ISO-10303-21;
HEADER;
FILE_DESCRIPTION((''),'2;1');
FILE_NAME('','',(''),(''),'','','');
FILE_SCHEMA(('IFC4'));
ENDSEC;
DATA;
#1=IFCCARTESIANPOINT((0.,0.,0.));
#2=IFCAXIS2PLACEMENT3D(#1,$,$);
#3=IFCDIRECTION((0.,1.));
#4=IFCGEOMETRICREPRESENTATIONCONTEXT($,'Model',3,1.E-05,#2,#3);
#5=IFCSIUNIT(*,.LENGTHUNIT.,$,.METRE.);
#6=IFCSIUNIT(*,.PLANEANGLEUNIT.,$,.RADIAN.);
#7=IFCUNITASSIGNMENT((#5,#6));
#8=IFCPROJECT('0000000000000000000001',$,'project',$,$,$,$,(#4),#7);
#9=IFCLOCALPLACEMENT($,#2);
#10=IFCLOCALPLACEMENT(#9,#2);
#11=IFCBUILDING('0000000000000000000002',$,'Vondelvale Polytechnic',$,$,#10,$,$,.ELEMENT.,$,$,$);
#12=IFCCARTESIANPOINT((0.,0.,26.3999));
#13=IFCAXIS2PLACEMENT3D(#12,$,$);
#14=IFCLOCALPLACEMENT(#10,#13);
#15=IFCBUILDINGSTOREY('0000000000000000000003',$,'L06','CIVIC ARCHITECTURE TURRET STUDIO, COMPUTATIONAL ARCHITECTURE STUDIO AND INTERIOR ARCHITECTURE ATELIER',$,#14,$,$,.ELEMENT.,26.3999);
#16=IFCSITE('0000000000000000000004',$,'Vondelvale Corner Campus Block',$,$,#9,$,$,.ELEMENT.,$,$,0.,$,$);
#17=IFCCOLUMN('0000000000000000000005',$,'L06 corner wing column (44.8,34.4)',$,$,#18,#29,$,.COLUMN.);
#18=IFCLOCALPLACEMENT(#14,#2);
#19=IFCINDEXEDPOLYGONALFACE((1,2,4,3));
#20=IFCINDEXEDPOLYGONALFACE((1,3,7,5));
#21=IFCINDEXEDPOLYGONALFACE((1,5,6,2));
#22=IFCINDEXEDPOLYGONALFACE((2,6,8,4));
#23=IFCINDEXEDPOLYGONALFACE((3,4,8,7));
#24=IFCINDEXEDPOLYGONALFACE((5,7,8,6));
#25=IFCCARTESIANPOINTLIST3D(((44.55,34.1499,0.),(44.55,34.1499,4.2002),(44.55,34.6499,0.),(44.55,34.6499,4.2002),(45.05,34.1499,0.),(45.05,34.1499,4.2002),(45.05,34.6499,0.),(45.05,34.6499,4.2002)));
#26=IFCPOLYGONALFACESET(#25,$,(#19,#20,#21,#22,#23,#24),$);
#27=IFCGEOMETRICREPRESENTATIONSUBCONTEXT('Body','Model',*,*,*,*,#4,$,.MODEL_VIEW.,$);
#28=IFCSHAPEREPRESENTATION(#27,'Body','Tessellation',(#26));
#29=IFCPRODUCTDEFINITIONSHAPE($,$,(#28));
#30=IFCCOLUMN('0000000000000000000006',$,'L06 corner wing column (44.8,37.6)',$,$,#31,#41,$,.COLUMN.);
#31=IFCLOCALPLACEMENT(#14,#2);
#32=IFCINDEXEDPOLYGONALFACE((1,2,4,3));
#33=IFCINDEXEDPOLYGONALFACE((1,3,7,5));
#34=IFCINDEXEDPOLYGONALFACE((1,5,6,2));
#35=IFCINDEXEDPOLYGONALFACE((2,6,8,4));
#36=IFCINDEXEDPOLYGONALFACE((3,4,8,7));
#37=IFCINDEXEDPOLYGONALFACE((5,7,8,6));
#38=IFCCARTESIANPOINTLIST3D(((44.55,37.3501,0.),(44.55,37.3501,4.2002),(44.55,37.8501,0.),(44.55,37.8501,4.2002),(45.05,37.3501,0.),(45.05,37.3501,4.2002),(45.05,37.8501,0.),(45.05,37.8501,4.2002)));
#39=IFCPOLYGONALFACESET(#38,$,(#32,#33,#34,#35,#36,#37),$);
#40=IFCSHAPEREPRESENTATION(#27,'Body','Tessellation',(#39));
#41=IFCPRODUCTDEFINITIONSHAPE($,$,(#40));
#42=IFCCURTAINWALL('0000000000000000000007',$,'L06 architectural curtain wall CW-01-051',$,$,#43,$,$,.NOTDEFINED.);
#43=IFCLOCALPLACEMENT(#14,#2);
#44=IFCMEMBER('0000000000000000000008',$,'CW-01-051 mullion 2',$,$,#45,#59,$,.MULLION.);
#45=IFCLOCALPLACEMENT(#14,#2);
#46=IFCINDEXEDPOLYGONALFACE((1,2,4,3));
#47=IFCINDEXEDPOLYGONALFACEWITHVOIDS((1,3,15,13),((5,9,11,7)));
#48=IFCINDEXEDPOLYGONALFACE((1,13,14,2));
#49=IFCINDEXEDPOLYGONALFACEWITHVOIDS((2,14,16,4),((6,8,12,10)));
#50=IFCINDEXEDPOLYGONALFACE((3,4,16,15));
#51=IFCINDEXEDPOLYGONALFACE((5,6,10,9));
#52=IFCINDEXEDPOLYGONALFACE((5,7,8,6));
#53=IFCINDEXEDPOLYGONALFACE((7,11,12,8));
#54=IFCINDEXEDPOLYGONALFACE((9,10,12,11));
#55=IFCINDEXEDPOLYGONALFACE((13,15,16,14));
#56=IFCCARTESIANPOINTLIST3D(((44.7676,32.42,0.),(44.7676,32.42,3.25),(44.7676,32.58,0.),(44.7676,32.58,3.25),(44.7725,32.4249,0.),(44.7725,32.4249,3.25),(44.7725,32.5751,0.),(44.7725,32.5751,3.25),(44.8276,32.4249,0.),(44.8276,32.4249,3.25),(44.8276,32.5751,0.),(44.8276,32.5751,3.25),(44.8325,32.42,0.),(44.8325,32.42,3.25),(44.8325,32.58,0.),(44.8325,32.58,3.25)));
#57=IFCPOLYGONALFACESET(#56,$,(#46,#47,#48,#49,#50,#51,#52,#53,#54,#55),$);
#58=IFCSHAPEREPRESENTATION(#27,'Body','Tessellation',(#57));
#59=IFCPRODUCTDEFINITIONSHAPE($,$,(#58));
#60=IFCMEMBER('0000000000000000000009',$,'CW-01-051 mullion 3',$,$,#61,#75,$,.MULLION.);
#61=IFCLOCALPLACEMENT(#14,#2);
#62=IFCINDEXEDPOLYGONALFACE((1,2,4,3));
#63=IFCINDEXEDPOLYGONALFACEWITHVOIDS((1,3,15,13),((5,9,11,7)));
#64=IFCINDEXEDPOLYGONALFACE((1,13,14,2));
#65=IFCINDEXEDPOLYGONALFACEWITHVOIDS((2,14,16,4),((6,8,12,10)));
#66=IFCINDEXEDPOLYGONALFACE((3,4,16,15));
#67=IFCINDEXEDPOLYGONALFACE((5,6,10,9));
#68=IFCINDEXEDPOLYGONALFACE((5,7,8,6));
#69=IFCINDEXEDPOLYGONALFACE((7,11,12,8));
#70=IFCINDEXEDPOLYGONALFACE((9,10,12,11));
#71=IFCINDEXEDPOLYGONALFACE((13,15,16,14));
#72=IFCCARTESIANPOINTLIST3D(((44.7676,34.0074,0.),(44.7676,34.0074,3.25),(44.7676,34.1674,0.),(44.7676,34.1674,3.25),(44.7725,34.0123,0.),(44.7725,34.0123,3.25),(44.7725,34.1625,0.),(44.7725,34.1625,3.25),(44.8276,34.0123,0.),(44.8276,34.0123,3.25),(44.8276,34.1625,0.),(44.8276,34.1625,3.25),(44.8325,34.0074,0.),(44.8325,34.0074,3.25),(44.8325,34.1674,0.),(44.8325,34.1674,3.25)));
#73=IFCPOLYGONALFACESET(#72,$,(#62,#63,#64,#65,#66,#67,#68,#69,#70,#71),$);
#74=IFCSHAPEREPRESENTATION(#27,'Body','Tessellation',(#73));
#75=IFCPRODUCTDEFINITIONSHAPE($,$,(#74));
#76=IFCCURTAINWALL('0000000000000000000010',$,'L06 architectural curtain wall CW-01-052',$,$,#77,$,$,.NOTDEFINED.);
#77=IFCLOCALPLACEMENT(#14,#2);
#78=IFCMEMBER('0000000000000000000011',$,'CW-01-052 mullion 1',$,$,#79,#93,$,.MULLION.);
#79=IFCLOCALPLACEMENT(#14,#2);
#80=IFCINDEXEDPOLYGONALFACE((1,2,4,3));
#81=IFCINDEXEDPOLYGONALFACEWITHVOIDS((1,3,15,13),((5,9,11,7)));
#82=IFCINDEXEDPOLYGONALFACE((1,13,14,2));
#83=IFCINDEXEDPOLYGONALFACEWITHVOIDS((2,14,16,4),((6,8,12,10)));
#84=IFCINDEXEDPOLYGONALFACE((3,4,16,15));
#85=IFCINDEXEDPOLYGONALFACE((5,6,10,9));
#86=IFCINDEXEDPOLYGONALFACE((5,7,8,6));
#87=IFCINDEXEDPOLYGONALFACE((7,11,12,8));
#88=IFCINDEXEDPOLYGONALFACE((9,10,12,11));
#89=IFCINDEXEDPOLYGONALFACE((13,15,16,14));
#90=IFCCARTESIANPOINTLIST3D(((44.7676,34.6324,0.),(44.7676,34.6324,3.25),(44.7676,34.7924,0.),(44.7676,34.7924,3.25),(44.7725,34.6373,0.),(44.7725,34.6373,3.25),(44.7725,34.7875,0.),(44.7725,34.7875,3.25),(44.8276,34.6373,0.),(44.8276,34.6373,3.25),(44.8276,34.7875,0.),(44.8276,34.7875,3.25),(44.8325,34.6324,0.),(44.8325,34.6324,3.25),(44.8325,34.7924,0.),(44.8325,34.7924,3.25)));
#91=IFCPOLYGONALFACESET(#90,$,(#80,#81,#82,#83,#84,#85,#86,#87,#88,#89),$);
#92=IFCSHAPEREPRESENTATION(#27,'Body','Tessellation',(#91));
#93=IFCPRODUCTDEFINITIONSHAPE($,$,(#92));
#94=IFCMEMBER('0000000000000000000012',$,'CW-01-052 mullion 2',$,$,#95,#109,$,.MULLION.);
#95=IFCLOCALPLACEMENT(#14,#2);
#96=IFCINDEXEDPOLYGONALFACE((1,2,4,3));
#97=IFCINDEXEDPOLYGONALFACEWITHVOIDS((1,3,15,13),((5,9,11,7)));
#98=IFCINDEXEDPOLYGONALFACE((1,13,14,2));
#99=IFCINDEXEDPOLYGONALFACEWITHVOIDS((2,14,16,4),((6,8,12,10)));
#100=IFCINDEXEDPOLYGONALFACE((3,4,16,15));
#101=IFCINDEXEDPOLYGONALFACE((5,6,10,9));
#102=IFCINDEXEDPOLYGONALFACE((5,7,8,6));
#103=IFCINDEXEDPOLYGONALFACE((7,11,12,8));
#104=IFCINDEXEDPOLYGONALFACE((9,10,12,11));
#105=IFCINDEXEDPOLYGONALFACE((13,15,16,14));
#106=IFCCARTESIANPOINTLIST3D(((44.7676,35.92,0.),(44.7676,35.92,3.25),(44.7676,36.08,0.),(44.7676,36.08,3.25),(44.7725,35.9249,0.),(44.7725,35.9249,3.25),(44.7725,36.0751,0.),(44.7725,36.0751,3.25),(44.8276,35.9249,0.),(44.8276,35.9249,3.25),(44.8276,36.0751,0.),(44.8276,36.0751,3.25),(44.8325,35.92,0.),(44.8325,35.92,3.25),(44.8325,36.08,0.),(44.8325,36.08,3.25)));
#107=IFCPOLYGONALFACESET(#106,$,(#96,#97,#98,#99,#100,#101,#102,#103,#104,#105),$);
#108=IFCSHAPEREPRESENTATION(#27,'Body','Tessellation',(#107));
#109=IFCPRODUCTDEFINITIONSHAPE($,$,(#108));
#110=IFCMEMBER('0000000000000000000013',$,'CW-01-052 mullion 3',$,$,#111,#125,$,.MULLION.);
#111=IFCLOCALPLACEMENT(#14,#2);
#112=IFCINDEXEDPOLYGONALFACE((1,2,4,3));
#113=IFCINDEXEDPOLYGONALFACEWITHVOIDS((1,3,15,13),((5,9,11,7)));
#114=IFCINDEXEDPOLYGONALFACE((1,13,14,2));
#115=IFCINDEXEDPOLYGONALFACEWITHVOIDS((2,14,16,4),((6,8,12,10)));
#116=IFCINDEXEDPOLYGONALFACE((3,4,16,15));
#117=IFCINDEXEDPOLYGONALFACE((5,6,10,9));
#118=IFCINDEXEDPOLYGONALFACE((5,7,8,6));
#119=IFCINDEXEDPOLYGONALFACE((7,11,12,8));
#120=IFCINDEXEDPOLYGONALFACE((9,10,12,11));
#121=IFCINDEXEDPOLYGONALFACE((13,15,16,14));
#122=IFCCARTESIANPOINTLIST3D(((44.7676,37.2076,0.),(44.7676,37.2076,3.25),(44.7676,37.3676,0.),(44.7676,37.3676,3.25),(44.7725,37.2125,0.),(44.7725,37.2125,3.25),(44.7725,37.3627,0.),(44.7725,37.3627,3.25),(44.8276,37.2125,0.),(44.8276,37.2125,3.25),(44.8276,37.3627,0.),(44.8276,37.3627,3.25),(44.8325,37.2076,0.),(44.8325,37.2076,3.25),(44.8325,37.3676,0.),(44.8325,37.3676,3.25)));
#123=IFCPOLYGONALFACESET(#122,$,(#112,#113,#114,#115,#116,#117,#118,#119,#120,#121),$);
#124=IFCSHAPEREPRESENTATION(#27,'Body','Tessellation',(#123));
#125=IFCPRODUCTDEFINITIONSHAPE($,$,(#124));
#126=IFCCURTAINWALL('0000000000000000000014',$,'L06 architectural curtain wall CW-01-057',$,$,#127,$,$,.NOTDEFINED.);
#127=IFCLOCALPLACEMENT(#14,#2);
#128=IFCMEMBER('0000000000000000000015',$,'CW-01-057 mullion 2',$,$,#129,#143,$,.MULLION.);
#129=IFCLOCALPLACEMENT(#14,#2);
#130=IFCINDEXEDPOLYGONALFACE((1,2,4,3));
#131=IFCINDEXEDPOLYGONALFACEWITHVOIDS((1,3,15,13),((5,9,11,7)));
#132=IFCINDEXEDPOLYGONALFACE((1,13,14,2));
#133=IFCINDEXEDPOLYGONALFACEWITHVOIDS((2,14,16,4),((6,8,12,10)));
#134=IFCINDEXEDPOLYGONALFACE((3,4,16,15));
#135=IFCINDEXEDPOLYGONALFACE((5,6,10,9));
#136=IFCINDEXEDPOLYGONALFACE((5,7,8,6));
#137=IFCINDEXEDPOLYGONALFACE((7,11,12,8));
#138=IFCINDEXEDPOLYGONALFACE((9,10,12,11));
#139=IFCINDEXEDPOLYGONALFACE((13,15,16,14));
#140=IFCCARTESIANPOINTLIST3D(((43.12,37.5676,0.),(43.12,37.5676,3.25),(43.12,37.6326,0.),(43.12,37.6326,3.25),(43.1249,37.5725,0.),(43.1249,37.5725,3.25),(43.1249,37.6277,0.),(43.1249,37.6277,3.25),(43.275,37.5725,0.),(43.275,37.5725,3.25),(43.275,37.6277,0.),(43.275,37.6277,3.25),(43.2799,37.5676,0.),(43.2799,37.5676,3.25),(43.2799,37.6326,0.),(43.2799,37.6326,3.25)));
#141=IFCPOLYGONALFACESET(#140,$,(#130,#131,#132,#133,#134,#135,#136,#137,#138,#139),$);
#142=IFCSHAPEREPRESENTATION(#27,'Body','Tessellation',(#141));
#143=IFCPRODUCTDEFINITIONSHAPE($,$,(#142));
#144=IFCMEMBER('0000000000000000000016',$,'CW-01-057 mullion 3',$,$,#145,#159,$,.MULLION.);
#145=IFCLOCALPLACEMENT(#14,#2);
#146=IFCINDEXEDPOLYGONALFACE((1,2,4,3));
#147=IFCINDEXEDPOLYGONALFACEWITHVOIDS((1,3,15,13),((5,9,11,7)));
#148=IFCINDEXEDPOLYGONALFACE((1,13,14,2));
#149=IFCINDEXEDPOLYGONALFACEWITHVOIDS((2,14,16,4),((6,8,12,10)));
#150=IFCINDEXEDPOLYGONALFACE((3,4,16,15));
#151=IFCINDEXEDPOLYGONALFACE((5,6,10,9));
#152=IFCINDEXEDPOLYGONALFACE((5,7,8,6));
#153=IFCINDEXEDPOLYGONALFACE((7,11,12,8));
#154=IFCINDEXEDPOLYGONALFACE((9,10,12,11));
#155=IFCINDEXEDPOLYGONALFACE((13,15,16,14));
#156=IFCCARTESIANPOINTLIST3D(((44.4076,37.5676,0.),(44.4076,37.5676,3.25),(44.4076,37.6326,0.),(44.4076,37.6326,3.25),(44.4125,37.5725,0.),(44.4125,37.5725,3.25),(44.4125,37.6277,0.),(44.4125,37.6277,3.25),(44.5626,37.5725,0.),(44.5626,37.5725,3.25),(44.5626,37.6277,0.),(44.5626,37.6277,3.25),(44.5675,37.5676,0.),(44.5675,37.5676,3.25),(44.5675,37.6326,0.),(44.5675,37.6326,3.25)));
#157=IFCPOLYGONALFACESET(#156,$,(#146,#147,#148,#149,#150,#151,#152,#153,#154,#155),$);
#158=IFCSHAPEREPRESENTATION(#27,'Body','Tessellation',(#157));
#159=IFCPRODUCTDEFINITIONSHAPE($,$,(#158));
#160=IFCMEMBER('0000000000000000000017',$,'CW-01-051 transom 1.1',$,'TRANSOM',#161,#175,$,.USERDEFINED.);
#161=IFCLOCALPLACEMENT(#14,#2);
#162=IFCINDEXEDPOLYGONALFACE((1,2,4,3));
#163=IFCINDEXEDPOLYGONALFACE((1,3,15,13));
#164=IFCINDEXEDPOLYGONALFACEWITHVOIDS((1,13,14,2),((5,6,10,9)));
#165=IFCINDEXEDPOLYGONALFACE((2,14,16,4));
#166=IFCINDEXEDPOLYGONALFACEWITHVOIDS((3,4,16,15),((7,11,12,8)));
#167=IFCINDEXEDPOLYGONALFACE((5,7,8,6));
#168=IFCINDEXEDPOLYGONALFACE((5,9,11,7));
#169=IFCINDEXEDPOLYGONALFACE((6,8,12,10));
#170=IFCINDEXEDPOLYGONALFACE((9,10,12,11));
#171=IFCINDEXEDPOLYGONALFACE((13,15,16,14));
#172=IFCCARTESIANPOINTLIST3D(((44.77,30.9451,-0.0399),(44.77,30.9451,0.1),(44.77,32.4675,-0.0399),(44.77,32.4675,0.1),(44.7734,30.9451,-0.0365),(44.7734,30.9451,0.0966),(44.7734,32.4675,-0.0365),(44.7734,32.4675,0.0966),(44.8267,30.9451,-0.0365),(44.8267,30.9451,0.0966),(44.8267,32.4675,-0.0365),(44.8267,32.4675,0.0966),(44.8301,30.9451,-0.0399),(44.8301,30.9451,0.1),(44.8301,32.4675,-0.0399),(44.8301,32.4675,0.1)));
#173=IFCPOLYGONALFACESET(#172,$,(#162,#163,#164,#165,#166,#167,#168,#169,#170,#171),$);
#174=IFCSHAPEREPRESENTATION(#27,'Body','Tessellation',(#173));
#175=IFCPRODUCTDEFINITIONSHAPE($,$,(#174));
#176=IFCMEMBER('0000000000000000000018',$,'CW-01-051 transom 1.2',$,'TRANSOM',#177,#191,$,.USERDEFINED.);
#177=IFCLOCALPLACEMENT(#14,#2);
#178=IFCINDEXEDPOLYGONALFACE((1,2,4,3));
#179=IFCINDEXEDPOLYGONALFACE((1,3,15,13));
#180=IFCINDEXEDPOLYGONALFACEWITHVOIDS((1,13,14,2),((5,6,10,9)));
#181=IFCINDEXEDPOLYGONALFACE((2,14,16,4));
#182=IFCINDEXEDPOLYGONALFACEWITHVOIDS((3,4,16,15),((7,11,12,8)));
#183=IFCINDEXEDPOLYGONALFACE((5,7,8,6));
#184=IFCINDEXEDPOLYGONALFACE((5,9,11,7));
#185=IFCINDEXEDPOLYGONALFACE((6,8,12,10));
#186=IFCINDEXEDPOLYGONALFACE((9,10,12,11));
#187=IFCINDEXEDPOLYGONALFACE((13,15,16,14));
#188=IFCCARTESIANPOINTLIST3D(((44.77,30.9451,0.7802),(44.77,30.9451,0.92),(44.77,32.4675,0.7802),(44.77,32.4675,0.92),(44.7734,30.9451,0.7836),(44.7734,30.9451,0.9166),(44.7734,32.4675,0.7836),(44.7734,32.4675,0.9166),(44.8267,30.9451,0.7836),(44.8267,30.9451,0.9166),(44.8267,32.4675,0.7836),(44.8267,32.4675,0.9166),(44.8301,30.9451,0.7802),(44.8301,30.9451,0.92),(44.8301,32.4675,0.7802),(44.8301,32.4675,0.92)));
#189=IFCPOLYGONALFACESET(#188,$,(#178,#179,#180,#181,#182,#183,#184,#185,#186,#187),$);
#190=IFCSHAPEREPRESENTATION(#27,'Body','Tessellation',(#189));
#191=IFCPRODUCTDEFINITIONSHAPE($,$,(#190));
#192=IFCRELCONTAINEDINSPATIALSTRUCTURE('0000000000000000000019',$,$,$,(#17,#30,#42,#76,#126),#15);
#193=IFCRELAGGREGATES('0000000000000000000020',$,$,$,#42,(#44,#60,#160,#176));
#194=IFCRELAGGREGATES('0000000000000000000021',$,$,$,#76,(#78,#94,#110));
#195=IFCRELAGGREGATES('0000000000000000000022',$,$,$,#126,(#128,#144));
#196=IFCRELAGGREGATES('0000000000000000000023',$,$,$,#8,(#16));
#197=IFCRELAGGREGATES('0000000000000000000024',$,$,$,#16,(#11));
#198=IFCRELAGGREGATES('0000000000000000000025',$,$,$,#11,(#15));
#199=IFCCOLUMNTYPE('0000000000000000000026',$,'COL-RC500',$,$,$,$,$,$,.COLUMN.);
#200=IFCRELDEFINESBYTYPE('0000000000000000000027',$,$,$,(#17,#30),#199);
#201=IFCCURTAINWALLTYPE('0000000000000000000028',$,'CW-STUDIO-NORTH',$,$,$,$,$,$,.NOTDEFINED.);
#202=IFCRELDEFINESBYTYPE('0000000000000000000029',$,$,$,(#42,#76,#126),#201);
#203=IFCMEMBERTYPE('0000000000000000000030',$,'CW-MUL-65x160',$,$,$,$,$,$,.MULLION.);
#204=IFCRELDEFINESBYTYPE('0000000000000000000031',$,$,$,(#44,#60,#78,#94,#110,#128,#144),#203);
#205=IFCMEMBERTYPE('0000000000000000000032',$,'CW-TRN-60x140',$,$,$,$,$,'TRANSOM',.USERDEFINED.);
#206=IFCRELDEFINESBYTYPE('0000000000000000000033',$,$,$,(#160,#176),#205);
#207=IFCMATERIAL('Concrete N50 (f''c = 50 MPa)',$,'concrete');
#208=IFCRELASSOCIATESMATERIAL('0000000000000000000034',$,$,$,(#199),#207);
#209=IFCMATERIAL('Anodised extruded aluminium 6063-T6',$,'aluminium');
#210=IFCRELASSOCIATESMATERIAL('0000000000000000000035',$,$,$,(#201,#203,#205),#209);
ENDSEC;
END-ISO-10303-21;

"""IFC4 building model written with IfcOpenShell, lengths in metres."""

from ifc_helpers import new_model, si_unit, direction, frame, origin, origin_2d, place, context, subcontext, project, spatial, rectangle, hollow_rectangle, extrude, material, material_profile, profile_set, type_object, element, aggregate, save


model = new_model("IFC4")

# Units and contexts
model_context = context("Model", 3, precision=1e-05, world=origin(), true_north=direction((0.0, 1.0)))
body_context = subcontext(model_context, "Body", "Model", "MODEL_VIEW")
ifc_project = project(units=[si_unit("LENGTHUNIT", "METRE"), si_unit("PLANEANGLEUNIT", "RADIAN")], contexts=[model_context])

# Site, building, storey
site_placement = place(None, origin())
site = spatial("IfcSite", under=ifc_project, at=site_placement, Name="Vondelvale Corner Campus Block", CompositionType="ELEMENT", RefElevation=0.0)
building_placement = place(site_placement, origin())
building = spatial("IfcBuilding", under=site, at=building_placement, Name="Vondelvale Polytechnic", CompositionType="ELEMENT")
storey_placement = place(building_placement, frame((0.0, 0.0, 26.3999)))
storey = spatial("IfcBuildingStorey", under=building, at=storey_placement, Name="L06", Description="CIVIC ARCHITECTURE TURRET STUDIO, COMPUTATIONAL ARCHITECTURE STUDIO AND INTERIOR ARCHITECTURE ATELIER", CompositionType="ELEMENT", Elevation=26.3999)

# Columns
ifc_material_1 = material(Name="Concrete N50 (f'c = 50 MPa)", Category="concrete")
ifc_material_profile_1 = material_profile(ifc_material_1, rectangle(XDim=0.5, YDim=0.5, at=origin_2d()), Name="RC-COL-500x500")
ifc_profile_set_1 = profile_set([ifc_material_profile_1], Name="Concrete N50 (f'c = 50 MPa)")
column_type = type_object("IfcColumnType", Name="COL-RC500", PredefinedType="COLUMN", material=ifc_profile_set_1)
for number, where, z_axis, x_axis, name in (
    (1, (44.8, 34.3999, 0.0), (0.0, 0.0, 1.0), (1.0, 0.0, 0.0), "L06 corner wing column (44.8,34.4)"),
    (2, (44.8, 37.6001, 0.0), (0.0, 0.0, 1.0), (1.0, 0.0, 0.0), "L06 corner wing column (44.8,37.6)"),
):
    element("IfcColumn", number, at=place(storey_placement, frame(where, z_axis=z_axis, x_axis=x_axis)), inside=storey, type_object=column_type, Name=name, PredefinedType="COLUMN", context=body_context, shape_type="SweptSolid", body=[
        extrude(rectangle(XDim=0.5, YDim=0.5, at=origin_2d()), origin(), (0.0, 0.0, 1.0), 4.2002),
    ])

# Curtain walls, members
ifc_material_2 = material(Name="Anodised extruded aluminium 6063-T6", Category="aluminium")
curtain_wall_type = type_object("IfcCurtainWallType", Name="CW-STUDIO-NORTH", PredefinedType="NOTDEFINED", material=ifc_material_2)
curtain_wall_1_placement = place(storey_placement, origin())
curtain_wall_1 = element("IfcCurtainWall", 3, at=curtain_wall_1_placement, inside=storey, type_object=curtain_wall_type, Name="L06 architectural curtain wall CW-01-051", PredefinedType="NOTDEFINED")
ifc_material_profile_2 = material_profile(ifc_material_2, hollow_rectangle(XDim=0.0649, YDim=0.1599, WallThickness=0.0049, at=origin_2d()), Name="CW-MUL-160x65")
ifc_profile_set_2 = profile_set([ifc_material_profile_2], Name="Anodised extruded aluminium 6063-T6")
member_type_1 = type_object("IfcMemberType", Name="CW-MUL-65x160", PredefinedType="MULLION", material=ifc_profile_set_2)
member_1_placement = place(storey_placement, frame((44.8, 32.5, 0.0), z_axis=(0.0, 0.0, 1.0), x_axis=(-1.0, 0.0, 0.0)))
member_1 = element("IfcMember", 4, at=member_1_placement, type_object=member_type_1, Name="CW-01-051 mullion 2", PredefinedType="MULLION", context=body_context, shape_type="SweptSolid", body=[
    extrude(hollow_rectangle(XDim=0.0649, YDim=0.1599, WallThickness=0.0049, at=origin_2d()), origin(), (0.0, 0.0, 1.0), 3.25),
])
member_2_placement = place(storey_placement, frame((44.8, 34.0874, 0.0), z_axis=(0.0, 0.0, 1.0), x_axis=(-1.0, 0.0, 0.0)))
member_2 = element("IfcMember", 5, at=member_2_placement, type_object=member_type_1, Name="CW-01-051 mullion 3", PredefinedType="MULLION", context=body_context, shape_type="SweptSolid", body=[
    extrude(hollow_rectangle(XDim=0.0649, YDim=0.1599, WallThickness=0.0049, at=origin_2d()), origin(), (0.0, 0.0, 1.0), 3.25),
])
curtain_wall_2_placement = place(storey_placement, origin())
curtain_wall_2 = element("IfcCurtainWall", 6, at=curtain_wall_2_placement, inside=storey, type_object=curtain_wall_type, Name="L06 architectural curtain wall CW-01-052", PredefinedType="NOTDEFINED")
member_3_placement = place(storey_placement, frame((44.8, 34.7124, 0.0), z_axis=(0.0, 0.0, 1.0), x_axis=(-1.0, 0.0, 0.0)))
member_3 = element("IfcMember", 7, at=member_3_placement, type_object=member_type_1, Name="CW-01-052 mullion 1", PredefinedType="MULLION", context=body_context, shape_type="SweptSolid", body=[
    extrude(hollow_rectangle(XDim=0.0649, YDim=0.1599, WallThickness=0.0049, at=origin_2d()), origin(), (0.0, 0.0, 1.0), 3.25),
])
member_4_placement = place(storey_placement, frame((44.8, 36.0, 0.0), z_axis=(0.0, 0.0, 1.0), x_axis=(-1.0, 0.0, 0.0)))
member_4 = element("IfcMember", 8, at=member_4_placement, type_object=member_type_1, Name="CW-01-052 mullion 2", PredefinedType="MULLION", context=body_context, shape_type="SweptSolid", body=[
    extrude(hollow_rectangle(XDim=0.0649, YDim=0.1599, WallThickness=0.0049, at=origin_2d()), origin(), (0.0, 0.0, 1.0), 3.25),
])
member_5_placement = place(storey_placement, frame((44.8, 37.2876, 0.0), z_axis=(0.0, 0.0, 1.0), x_axis=(-1.0, 0.0, 0.0)))
member_5 = element("IfcMember", 9, at=member_5_placement, type_object=member_type_1, Name="CW-01-052 mullion 3", PredefinedType="MULLION", context=body_context, shape_type="SweptSolid", body=[
    extrude(hollow_rectangle(XDim=0.0649, YDim=0.1599, WallThickness=0.0049, at=origin_2d()), origin(), (0.0, 0.0, 1.0), 3.25),
])
curtain_wall_3_placement = place(storey_placement, origin())
curtain_wall_3 = element("IfcCurtainWall", 10, at=curtain_wall_3_placement, inside=storey, type_object=curtain_wall_type, Name="L06 architectural curtain wall CW-01-057", PredefinedType="NOTDEFINED")
member_6_placement = place(storey_placement, frame((43.2, 37.6001, 0.0), z_axis=(0.0, 0.0, 1.0), x_axis=(0.0, 1.0, 0.0)))
member_6 = element("IfcMember", 11, at=member_6_placement, type_object=member_type_1, Name="CW-01-057 mullion 2", PredefinedType="MULLION", context=body_context, shape_type="SweptSolid", body=[
    extrude(hollow_rectangle(XDim=0.0649, YDim=0.1599, WallThickness=0.0049, at=origin_2d()), origin(), (0.0, 0.0, 1.0), 3.25),
])
member_7_placement = place(storey_placement, frame((44.4875, 37.6001, 0.0), z_axis=(0.0, 0.0, 1.0), x_axis=(0.0, 1.0, 0.0)))
member_7 = element("IfcMember", 12, at=member_7_placement, type_object=member_type_1, Name="CW-01-057 mullion 3", PredefinedType="MULLION", context=body_context, shape_type="SweptSolid", body=[
    extrude(hollow_rectangle(XDim=0.0649, YDim=0.1599, WallThickness=0.0049, at=origin_2d()), origin(), (0.0, 0.0, 1.0), 3.25),
])

# Members
ifc_material_profile_3 = material_profile(ifc_material_2, hollow_rectangle(XDim=0.0601, YDim=0.1399, WallThickness=0.0034, at=origin_2d()), Name="CW-TRN-140x60")
ifc_profile_set_3 = profile_set([ifc_material_profile_3], Name="Anodised extruded aluminium 6063-T6")
member_type_2 = type_object("IfcMemberType", Name="CW-TRN-60x140", ElementType="TRANSOM", PredefinedType="USERDEFINED", material=ifc_profile_set_3)
member_8_placement = place(storey_placement, frame((44.8, 30.9451, 0.03), z_axis=(0.0, 1.0, 0.0), x_axis=(-1.0, 0.0, 0.0)))
member_8 = element("IfcMember", 13, at=member_8_placement, type_object=member_type_2, Name="CW-01-051 transom 1.1", ObjectType="TRANSOM", PredefinedType="USERDEFINED", context=body_context, shape_type="SweptSolid", body=[
    extrude(hollow_rectangle(XDim=0.0601, YDim=0.1399, WallThickness=0.0034, at=origin_2d()), origin(), (0.0, 0.0, 1.0), 1.5225),
])
member_9_placement = place(storey_placement, frame((44.8, 30.9451, 0.8501), z_axis=(0.0, 1.0, 0.0), x_axis=(-1.0, 0.0, 0.0)))
member_9 = element("IfcMember", 14, at=member_9_placement, type_object=member_type_2, Name="CW-01-051 transom 1.2", ObjectType="TRANSOM", PredefinedType="USERDEFINED", context=body_context, shape_type="SweptSolid", body=[
    extrude(hollow_rectangle(XDim=0.0601, YDim=0.1399, WallThickness=0.0034, at=origin_2d()), origin(), (0.0, 0.0, 1.0), 1.5225),
])

aggregate(curtain_wall_1, [member_1, member_2, member_8, member_9])
aggregate(curtain_wall_2, [member_3, member_4, member_5])
aggregate(curtain_wall_3, [member_6, member_7])

save(model, "model.ifc")
